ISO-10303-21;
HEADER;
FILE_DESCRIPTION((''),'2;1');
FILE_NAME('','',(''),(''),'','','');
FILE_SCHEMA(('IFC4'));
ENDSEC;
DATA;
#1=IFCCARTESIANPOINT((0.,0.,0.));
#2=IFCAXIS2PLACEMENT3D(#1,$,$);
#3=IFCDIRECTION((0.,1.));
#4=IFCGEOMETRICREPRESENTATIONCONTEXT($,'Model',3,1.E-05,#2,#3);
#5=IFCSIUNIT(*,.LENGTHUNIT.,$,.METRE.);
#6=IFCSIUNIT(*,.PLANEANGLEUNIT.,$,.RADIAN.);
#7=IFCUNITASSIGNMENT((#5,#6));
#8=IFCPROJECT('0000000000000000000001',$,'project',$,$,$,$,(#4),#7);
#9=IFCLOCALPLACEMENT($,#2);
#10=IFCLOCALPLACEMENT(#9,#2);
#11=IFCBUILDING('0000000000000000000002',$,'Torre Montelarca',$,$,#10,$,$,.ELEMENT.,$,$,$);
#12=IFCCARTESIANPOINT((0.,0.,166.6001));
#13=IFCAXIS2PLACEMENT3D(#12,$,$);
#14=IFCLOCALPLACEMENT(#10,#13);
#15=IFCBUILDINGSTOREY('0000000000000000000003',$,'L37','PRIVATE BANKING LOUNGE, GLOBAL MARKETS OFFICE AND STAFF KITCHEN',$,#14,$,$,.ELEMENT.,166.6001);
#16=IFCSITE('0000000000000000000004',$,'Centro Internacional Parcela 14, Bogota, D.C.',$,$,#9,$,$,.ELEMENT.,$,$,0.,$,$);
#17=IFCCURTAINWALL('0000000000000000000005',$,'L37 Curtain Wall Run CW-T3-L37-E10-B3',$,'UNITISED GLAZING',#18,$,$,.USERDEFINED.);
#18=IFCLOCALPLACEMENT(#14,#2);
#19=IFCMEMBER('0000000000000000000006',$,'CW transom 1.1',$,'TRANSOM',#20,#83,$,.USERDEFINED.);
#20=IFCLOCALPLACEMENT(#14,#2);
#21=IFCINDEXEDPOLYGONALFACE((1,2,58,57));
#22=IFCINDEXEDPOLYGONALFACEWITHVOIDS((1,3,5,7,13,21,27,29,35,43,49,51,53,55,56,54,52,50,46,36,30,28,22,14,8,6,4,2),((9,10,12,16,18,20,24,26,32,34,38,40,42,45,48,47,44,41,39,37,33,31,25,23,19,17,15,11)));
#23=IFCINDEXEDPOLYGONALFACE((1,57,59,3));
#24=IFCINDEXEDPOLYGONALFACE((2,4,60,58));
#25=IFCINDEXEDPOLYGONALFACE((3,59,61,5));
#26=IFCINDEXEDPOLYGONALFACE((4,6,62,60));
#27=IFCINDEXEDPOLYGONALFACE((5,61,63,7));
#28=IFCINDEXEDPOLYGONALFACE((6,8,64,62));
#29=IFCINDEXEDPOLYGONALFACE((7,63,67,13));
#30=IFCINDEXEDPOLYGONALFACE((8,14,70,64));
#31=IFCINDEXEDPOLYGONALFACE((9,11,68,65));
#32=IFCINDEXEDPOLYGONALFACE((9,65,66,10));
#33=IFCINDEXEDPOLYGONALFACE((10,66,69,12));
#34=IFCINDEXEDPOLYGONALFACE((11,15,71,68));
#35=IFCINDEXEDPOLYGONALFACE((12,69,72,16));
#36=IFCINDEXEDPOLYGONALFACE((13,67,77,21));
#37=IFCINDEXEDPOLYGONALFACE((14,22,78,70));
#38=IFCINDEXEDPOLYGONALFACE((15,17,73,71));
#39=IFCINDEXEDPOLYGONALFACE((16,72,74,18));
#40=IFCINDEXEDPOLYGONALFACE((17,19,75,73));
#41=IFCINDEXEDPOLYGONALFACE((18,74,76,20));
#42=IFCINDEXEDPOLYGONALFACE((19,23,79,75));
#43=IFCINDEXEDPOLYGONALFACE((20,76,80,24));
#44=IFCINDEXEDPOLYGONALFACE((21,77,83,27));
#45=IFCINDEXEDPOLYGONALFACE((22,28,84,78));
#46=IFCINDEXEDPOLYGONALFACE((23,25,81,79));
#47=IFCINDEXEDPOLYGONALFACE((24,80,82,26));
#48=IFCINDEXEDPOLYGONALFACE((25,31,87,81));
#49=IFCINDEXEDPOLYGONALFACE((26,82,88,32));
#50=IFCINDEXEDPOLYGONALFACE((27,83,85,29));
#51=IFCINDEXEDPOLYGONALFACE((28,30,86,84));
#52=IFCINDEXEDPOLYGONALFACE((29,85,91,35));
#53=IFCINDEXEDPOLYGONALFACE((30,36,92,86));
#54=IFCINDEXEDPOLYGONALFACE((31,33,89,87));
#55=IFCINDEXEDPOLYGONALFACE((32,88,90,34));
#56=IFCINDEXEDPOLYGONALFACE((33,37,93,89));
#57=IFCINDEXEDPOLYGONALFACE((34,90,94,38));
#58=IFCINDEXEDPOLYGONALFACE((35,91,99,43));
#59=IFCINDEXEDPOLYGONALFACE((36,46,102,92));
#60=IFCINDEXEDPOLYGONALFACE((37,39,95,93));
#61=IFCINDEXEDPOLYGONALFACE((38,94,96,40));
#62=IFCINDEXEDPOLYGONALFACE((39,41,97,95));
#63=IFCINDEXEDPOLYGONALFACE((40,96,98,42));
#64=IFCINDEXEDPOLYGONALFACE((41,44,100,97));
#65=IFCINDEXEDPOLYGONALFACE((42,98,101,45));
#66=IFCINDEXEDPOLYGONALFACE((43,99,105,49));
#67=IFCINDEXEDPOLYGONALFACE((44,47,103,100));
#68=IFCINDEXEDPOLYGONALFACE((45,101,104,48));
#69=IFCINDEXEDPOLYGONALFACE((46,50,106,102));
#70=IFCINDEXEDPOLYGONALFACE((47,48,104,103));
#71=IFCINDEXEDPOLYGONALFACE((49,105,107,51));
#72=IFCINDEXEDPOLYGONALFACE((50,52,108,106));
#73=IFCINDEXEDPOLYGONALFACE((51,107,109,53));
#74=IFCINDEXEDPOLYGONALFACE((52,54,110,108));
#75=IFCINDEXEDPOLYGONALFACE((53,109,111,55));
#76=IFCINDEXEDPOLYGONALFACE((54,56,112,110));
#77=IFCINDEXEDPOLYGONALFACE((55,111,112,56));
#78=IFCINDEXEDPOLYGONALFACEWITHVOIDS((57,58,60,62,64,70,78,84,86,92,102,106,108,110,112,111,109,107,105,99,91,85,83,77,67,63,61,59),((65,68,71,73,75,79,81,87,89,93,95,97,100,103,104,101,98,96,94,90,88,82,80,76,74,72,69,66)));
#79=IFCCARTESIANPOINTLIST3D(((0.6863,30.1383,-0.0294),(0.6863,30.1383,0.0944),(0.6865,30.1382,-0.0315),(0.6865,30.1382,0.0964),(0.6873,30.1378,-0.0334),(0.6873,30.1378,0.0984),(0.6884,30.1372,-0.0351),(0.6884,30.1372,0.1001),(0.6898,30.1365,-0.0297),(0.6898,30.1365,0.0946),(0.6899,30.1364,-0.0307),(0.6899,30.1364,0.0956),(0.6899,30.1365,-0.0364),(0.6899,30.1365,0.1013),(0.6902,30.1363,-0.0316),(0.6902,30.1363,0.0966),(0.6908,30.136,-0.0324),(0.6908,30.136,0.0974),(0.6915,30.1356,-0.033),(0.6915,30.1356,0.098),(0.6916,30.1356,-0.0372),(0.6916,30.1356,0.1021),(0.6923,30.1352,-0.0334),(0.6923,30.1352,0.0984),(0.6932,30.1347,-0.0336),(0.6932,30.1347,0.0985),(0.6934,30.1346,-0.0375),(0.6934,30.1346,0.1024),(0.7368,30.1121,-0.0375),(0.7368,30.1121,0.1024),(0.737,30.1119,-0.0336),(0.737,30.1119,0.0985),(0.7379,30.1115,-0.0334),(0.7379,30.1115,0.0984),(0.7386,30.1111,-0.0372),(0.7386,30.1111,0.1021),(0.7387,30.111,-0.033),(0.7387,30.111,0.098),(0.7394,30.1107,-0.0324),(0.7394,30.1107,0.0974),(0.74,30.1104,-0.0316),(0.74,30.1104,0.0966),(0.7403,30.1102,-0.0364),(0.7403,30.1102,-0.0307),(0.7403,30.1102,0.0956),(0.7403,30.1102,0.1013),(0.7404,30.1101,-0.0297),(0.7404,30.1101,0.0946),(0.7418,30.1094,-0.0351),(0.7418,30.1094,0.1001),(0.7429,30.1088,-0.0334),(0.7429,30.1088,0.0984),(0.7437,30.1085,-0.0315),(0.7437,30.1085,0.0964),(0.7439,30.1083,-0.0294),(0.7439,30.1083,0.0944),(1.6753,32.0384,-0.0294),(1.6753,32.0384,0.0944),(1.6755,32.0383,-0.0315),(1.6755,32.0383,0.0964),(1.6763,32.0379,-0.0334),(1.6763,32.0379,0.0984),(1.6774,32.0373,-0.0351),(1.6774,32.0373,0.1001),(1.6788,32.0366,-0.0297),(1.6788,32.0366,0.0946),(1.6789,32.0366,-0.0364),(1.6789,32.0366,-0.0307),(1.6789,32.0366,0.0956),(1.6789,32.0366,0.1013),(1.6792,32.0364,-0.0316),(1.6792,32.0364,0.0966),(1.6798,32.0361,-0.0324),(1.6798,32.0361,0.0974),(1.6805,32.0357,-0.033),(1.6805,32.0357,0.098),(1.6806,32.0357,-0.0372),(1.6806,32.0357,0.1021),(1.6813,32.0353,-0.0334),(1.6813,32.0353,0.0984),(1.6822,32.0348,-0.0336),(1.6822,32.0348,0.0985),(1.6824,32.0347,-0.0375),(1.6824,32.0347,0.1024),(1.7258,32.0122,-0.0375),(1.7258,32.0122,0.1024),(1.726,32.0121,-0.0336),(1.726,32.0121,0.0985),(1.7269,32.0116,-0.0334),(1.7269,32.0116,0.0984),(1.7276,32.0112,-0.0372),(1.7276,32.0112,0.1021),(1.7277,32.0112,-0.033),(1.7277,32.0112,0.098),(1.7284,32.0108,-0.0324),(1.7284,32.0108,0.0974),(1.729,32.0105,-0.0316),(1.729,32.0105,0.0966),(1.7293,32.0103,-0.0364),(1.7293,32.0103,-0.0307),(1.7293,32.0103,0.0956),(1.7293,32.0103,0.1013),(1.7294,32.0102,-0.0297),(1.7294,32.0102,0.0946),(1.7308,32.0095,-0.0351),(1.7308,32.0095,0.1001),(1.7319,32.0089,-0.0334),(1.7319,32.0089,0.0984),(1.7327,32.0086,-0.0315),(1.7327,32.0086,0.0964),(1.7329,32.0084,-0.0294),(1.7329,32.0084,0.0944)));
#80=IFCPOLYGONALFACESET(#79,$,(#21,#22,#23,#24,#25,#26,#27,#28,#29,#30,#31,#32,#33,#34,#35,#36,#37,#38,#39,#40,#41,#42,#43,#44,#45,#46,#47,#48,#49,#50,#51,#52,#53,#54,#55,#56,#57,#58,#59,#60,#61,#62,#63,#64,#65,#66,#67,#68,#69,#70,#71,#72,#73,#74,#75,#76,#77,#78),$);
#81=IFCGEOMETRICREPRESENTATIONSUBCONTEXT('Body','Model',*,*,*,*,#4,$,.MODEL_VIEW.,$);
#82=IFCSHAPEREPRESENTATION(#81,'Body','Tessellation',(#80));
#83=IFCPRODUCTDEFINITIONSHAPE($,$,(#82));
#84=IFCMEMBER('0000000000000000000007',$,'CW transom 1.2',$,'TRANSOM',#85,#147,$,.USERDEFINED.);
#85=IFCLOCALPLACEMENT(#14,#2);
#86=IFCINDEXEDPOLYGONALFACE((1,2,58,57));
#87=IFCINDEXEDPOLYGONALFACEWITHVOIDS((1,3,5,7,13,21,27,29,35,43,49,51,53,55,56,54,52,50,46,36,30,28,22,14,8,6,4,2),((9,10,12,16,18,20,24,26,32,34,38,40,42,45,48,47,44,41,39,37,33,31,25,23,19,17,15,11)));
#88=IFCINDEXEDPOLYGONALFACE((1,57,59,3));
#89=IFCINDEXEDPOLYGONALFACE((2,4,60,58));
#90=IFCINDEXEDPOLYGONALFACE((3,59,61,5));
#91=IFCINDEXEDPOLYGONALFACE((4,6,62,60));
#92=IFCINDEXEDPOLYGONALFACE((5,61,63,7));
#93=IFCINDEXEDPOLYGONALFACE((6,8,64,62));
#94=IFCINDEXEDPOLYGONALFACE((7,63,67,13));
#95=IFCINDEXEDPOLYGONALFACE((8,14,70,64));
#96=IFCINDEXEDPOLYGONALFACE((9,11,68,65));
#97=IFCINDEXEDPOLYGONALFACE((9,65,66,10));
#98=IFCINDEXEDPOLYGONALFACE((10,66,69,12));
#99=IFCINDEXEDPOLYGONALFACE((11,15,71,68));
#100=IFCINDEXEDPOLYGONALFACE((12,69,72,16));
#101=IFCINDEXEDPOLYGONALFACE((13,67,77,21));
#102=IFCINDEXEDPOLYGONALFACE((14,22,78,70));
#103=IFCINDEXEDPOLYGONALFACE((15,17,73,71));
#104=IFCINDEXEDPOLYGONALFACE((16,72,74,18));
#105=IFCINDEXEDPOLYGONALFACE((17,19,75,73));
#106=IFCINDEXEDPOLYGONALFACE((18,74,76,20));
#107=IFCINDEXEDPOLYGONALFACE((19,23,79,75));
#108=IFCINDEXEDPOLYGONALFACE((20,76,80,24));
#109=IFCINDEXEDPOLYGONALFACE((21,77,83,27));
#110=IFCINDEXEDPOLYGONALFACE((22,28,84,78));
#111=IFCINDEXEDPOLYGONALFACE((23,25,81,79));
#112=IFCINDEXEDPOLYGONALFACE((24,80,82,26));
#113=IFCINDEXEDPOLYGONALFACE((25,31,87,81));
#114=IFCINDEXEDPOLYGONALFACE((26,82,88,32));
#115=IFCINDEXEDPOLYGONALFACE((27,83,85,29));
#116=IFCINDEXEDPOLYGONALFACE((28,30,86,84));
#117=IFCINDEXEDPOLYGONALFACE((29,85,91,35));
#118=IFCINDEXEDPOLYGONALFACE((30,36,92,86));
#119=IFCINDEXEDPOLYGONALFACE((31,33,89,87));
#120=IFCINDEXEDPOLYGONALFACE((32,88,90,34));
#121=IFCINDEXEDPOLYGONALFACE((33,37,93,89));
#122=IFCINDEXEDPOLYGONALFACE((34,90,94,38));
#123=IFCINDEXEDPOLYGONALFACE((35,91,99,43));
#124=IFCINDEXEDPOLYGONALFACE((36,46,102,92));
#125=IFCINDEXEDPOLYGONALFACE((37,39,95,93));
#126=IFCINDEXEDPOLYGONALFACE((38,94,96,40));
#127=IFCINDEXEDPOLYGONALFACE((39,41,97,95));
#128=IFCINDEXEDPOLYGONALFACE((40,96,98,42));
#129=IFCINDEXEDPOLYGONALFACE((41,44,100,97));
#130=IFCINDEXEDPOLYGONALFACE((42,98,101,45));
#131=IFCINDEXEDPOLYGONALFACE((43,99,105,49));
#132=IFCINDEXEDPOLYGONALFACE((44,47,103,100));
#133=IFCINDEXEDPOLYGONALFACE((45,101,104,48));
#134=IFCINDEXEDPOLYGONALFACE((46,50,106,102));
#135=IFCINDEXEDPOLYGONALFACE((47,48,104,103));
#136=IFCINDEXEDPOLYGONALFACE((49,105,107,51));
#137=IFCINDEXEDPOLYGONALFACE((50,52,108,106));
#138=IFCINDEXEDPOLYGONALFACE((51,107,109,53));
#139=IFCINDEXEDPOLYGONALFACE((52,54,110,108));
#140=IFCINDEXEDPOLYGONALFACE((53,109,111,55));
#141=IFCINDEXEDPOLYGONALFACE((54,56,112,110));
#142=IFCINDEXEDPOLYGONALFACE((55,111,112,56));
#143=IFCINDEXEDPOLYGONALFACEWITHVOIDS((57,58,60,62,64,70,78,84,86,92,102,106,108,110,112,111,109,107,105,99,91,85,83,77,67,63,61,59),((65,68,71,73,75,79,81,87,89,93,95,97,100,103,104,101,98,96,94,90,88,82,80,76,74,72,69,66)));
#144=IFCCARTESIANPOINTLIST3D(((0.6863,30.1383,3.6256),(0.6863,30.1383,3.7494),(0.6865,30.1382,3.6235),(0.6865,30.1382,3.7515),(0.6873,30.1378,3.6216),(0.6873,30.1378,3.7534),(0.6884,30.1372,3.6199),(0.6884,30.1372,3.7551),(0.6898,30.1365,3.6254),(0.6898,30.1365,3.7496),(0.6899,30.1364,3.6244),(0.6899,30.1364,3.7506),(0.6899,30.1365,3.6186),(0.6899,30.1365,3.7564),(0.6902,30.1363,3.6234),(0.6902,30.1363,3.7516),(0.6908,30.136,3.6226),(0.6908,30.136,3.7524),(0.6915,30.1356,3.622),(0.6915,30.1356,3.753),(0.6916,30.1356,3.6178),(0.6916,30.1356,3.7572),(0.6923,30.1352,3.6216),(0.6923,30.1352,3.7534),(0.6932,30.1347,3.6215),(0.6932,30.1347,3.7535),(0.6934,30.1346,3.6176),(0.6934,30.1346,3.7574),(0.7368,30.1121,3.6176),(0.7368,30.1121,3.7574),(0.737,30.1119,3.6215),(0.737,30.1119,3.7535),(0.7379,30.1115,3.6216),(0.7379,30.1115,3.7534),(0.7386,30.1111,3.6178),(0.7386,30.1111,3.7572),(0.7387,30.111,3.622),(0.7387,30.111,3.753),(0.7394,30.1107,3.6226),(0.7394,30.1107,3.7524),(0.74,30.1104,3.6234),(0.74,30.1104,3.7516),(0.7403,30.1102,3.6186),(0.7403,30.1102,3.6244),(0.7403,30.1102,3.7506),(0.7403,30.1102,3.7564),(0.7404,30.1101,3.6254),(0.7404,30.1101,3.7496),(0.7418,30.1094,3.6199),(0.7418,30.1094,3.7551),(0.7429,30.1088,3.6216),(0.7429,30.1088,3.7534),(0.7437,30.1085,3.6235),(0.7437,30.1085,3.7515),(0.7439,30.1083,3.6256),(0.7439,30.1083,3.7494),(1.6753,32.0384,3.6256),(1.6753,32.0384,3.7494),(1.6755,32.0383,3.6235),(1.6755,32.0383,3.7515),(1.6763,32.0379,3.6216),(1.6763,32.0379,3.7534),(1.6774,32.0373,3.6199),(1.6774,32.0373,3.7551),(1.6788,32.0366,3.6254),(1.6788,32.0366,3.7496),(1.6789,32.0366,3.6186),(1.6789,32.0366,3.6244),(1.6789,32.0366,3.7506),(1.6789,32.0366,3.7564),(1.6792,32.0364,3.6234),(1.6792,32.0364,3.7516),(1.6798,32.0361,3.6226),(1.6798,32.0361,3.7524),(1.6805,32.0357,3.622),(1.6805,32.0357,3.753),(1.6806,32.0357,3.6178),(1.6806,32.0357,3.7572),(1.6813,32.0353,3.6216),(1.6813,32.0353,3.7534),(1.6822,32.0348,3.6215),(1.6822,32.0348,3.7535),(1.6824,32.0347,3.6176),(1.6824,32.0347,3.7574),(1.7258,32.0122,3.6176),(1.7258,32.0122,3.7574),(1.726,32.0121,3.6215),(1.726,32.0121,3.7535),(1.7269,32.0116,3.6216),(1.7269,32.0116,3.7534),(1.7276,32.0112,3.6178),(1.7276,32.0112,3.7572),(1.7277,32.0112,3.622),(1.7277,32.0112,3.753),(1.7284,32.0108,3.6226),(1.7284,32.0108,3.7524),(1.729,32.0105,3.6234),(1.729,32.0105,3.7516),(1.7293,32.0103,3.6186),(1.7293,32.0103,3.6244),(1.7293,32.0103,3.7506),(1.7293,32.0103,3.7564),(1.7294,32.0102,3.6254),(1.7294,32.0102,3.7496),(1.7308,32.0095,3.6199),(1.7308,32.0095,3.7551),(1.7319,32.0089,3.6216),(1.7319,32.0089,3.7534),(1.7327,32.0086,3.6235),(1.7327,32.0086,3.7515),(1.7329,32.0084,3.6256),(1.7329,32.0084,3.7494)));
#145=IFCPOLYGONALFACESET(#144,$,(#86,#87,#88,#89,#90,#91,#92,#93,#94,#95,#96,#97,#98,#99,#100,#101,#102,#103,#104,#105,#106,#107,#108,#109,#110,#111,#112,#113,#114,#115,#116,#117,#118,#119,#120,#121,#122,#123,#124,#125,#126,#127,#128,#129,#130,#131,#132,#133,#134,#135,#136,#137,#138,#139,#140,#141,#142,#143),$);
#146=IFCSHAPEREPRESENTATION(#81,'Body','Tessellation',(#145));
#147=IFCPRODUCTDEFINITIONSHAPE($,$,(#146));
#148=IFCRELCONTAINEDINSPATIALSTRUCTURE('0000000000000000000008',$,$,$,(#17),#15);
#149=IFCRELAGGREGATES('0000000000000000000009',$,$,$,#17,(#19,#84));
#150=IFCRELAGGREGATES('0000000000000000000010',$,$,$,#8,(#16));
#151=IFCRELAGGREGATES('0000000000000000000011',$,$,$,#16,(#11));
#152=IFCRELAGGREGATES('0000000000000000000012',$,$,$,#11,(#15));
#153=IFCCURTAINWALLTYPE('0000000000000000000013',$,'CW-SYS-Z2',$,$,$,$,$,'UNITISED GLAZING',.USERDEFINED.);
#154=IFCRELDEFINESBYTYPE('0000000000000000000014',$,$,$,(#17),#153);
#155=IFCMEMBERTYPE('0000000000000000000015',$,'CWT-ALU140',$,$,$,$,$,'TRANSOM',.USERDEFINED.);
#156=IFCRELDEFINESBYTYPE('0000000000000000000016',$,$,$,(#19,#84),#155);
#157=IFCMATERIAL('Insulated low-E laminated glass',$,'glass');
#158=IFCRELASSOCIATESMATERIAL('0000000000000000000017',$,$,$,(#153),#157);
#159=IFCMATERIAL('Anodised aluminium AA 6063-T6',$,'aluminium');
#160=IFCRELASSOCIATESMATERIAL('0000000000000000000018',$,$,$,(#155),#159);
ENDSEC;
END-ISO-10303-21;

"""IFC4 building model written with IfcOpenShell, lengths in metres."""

from ifc_helpers import new_model, si_unit, direction, frame, origin, origin_2d, place, context, subcontext, project, spatial, hollow_rectangle, extrude, source, transform, mapped, material, material_profile, profile_set, type_object, element, aggregate, save


model = new_model("IFC4")

# Units and contexts
model_context = context("Model", 3, precision=1e-05, world=origin(), true_north=direction((0.0, 1.0)))
body_context = subcontext(model_context, "Body", "Model", "MODEL_VIEW")
ifc_project = project(units=[si_unit("LENGTHUNIT", "METRE"), si_unit("PLANEANGLEUNIT", "RADIAN")], contexts=[model_context])

# Site, building, storey
site_placement = place(None, origin())
site = spatial("IfcSite", under=ifc_project, at=site_placement, Name="Centro Internacional Parcela 14, Bogota, D.C.", CompositionType="ELEMENT", RefElevation=0.0)
building_placement = place(site_placement, origin())
building = spatial("IfcBuilding", under=site, at=building_placement, Name="Torre Montelarca", CompositionType="ELEMENT")
storey_placement = place(building_placement, frame((0.0, 0.0, 166.6001)))
storey = spatial("IfcBuildingStorey", under=building, at=storey_placement, Name="L37", Description="PRIVATE BANKING LOUNGE, GLOBAL MARKETS OFFICE AND STAFF KITCHEN", CompositionType="ELEMENT", Elevation=166.6001)

# Curtain wall
ifc_material_1 = material(Name="Insulated low-E laminated glass", Category="glass")
curtain_wall_type = type_object("IfcCurtainWallType", Name="CW-SYS-Z2", ElementType="UNITISED GLAZING", PredefinedType="USERDEFINED", material=ifc_material_1)
ifc_material_2 = material(Name="Anodised aluminium AA 6063-T6", Category="aluminium")
curtain_wall_1_placement = place(storey_placement, origin())
curtain_wall_1 = element("IfcCurtainWall", 1, at=curtain_wall_1_placement, inside=storey, type_object=curtain_wall_type, Name="L37 Curtain Wall Run CW-T3-L37-E10-B3", ObjectType="UNITISED GLAZING", PredefinedType="USERDEFINED")

# Members
ifc_material_profile_1 = material_profile(ifc_material_2, hollow_rectangle(XDim=0.0649, YDim=0.1399, WallThickness=0.0039, InnerFilletRadius=0.0039, OuterFilletRadius=0.0081, at=origin_2d()), Name="ALU65X140X4", Category="aluminium")
ifc_profile_set_1 = profile_set([ifc_material_profile_1], Name="Anodised aluminium AA 6063-T6")
member_type_1 = type_object("IfcMemberType", Name="CWT-ALU140", ElementType="TRANSOM", PredefinedType="USERDEFINED", material=ifc_profile_set_1)
shared_shape_1 = source(origin(), body_context, "Body", "SweptSolid", [
    extrude(hollow_rectangle(XDim=0.0649, YDim=0.1399, WallThickness=0.0039, InnerFilletRadius=0.0039, OuterFilletRadius=0.0081, at=origin_2d()), origin(), (0.0, 0.0, 1.0), 2.1421),
])
member_1_placement = place(storey_placement, frame((1.7041, 32.0234, 0.0325), z_axis=(-0.461697, -0.887038, 0.0), x_axis=(0.887038, -0.461697, 0.0)))
member_1 = element("IfcMember", 2, at=member_1_placement, type_object=member_type_1, Name="CW transom 1.1", ObjectType="TRANSOM", PredefinedType="USERDEFINED", context=body_context, shape_type="MappedRepresentation", body=[
    mapped(shared_shape_1, transform((0.0, 0.0, 0.0), scale=1.0)),
])
member_2_placement = place(storey_placement, frame((1.7041, 32.0234, 3.6875), z_axis=(-0.461697, -0.887038, 0.0), x_axis=(0.887038, -0.461697, 0.0)))
member_2 = element("IfcMember", 3, at=member_2_placement, type_object=member_type_1, Name="CW transom 1.2", ObjectType="TRANSOM", PredefinedType="USERDEFINED", context=body_context, shape_type="MappedRepresentation", body=[
    mapped(shared_shape_1, transform((0.0, 0.0, 0.0), scale=1.0)),
])

aggregate(curtain_wall_1, [member_1, member_2])

save(model, "model.ifc")
